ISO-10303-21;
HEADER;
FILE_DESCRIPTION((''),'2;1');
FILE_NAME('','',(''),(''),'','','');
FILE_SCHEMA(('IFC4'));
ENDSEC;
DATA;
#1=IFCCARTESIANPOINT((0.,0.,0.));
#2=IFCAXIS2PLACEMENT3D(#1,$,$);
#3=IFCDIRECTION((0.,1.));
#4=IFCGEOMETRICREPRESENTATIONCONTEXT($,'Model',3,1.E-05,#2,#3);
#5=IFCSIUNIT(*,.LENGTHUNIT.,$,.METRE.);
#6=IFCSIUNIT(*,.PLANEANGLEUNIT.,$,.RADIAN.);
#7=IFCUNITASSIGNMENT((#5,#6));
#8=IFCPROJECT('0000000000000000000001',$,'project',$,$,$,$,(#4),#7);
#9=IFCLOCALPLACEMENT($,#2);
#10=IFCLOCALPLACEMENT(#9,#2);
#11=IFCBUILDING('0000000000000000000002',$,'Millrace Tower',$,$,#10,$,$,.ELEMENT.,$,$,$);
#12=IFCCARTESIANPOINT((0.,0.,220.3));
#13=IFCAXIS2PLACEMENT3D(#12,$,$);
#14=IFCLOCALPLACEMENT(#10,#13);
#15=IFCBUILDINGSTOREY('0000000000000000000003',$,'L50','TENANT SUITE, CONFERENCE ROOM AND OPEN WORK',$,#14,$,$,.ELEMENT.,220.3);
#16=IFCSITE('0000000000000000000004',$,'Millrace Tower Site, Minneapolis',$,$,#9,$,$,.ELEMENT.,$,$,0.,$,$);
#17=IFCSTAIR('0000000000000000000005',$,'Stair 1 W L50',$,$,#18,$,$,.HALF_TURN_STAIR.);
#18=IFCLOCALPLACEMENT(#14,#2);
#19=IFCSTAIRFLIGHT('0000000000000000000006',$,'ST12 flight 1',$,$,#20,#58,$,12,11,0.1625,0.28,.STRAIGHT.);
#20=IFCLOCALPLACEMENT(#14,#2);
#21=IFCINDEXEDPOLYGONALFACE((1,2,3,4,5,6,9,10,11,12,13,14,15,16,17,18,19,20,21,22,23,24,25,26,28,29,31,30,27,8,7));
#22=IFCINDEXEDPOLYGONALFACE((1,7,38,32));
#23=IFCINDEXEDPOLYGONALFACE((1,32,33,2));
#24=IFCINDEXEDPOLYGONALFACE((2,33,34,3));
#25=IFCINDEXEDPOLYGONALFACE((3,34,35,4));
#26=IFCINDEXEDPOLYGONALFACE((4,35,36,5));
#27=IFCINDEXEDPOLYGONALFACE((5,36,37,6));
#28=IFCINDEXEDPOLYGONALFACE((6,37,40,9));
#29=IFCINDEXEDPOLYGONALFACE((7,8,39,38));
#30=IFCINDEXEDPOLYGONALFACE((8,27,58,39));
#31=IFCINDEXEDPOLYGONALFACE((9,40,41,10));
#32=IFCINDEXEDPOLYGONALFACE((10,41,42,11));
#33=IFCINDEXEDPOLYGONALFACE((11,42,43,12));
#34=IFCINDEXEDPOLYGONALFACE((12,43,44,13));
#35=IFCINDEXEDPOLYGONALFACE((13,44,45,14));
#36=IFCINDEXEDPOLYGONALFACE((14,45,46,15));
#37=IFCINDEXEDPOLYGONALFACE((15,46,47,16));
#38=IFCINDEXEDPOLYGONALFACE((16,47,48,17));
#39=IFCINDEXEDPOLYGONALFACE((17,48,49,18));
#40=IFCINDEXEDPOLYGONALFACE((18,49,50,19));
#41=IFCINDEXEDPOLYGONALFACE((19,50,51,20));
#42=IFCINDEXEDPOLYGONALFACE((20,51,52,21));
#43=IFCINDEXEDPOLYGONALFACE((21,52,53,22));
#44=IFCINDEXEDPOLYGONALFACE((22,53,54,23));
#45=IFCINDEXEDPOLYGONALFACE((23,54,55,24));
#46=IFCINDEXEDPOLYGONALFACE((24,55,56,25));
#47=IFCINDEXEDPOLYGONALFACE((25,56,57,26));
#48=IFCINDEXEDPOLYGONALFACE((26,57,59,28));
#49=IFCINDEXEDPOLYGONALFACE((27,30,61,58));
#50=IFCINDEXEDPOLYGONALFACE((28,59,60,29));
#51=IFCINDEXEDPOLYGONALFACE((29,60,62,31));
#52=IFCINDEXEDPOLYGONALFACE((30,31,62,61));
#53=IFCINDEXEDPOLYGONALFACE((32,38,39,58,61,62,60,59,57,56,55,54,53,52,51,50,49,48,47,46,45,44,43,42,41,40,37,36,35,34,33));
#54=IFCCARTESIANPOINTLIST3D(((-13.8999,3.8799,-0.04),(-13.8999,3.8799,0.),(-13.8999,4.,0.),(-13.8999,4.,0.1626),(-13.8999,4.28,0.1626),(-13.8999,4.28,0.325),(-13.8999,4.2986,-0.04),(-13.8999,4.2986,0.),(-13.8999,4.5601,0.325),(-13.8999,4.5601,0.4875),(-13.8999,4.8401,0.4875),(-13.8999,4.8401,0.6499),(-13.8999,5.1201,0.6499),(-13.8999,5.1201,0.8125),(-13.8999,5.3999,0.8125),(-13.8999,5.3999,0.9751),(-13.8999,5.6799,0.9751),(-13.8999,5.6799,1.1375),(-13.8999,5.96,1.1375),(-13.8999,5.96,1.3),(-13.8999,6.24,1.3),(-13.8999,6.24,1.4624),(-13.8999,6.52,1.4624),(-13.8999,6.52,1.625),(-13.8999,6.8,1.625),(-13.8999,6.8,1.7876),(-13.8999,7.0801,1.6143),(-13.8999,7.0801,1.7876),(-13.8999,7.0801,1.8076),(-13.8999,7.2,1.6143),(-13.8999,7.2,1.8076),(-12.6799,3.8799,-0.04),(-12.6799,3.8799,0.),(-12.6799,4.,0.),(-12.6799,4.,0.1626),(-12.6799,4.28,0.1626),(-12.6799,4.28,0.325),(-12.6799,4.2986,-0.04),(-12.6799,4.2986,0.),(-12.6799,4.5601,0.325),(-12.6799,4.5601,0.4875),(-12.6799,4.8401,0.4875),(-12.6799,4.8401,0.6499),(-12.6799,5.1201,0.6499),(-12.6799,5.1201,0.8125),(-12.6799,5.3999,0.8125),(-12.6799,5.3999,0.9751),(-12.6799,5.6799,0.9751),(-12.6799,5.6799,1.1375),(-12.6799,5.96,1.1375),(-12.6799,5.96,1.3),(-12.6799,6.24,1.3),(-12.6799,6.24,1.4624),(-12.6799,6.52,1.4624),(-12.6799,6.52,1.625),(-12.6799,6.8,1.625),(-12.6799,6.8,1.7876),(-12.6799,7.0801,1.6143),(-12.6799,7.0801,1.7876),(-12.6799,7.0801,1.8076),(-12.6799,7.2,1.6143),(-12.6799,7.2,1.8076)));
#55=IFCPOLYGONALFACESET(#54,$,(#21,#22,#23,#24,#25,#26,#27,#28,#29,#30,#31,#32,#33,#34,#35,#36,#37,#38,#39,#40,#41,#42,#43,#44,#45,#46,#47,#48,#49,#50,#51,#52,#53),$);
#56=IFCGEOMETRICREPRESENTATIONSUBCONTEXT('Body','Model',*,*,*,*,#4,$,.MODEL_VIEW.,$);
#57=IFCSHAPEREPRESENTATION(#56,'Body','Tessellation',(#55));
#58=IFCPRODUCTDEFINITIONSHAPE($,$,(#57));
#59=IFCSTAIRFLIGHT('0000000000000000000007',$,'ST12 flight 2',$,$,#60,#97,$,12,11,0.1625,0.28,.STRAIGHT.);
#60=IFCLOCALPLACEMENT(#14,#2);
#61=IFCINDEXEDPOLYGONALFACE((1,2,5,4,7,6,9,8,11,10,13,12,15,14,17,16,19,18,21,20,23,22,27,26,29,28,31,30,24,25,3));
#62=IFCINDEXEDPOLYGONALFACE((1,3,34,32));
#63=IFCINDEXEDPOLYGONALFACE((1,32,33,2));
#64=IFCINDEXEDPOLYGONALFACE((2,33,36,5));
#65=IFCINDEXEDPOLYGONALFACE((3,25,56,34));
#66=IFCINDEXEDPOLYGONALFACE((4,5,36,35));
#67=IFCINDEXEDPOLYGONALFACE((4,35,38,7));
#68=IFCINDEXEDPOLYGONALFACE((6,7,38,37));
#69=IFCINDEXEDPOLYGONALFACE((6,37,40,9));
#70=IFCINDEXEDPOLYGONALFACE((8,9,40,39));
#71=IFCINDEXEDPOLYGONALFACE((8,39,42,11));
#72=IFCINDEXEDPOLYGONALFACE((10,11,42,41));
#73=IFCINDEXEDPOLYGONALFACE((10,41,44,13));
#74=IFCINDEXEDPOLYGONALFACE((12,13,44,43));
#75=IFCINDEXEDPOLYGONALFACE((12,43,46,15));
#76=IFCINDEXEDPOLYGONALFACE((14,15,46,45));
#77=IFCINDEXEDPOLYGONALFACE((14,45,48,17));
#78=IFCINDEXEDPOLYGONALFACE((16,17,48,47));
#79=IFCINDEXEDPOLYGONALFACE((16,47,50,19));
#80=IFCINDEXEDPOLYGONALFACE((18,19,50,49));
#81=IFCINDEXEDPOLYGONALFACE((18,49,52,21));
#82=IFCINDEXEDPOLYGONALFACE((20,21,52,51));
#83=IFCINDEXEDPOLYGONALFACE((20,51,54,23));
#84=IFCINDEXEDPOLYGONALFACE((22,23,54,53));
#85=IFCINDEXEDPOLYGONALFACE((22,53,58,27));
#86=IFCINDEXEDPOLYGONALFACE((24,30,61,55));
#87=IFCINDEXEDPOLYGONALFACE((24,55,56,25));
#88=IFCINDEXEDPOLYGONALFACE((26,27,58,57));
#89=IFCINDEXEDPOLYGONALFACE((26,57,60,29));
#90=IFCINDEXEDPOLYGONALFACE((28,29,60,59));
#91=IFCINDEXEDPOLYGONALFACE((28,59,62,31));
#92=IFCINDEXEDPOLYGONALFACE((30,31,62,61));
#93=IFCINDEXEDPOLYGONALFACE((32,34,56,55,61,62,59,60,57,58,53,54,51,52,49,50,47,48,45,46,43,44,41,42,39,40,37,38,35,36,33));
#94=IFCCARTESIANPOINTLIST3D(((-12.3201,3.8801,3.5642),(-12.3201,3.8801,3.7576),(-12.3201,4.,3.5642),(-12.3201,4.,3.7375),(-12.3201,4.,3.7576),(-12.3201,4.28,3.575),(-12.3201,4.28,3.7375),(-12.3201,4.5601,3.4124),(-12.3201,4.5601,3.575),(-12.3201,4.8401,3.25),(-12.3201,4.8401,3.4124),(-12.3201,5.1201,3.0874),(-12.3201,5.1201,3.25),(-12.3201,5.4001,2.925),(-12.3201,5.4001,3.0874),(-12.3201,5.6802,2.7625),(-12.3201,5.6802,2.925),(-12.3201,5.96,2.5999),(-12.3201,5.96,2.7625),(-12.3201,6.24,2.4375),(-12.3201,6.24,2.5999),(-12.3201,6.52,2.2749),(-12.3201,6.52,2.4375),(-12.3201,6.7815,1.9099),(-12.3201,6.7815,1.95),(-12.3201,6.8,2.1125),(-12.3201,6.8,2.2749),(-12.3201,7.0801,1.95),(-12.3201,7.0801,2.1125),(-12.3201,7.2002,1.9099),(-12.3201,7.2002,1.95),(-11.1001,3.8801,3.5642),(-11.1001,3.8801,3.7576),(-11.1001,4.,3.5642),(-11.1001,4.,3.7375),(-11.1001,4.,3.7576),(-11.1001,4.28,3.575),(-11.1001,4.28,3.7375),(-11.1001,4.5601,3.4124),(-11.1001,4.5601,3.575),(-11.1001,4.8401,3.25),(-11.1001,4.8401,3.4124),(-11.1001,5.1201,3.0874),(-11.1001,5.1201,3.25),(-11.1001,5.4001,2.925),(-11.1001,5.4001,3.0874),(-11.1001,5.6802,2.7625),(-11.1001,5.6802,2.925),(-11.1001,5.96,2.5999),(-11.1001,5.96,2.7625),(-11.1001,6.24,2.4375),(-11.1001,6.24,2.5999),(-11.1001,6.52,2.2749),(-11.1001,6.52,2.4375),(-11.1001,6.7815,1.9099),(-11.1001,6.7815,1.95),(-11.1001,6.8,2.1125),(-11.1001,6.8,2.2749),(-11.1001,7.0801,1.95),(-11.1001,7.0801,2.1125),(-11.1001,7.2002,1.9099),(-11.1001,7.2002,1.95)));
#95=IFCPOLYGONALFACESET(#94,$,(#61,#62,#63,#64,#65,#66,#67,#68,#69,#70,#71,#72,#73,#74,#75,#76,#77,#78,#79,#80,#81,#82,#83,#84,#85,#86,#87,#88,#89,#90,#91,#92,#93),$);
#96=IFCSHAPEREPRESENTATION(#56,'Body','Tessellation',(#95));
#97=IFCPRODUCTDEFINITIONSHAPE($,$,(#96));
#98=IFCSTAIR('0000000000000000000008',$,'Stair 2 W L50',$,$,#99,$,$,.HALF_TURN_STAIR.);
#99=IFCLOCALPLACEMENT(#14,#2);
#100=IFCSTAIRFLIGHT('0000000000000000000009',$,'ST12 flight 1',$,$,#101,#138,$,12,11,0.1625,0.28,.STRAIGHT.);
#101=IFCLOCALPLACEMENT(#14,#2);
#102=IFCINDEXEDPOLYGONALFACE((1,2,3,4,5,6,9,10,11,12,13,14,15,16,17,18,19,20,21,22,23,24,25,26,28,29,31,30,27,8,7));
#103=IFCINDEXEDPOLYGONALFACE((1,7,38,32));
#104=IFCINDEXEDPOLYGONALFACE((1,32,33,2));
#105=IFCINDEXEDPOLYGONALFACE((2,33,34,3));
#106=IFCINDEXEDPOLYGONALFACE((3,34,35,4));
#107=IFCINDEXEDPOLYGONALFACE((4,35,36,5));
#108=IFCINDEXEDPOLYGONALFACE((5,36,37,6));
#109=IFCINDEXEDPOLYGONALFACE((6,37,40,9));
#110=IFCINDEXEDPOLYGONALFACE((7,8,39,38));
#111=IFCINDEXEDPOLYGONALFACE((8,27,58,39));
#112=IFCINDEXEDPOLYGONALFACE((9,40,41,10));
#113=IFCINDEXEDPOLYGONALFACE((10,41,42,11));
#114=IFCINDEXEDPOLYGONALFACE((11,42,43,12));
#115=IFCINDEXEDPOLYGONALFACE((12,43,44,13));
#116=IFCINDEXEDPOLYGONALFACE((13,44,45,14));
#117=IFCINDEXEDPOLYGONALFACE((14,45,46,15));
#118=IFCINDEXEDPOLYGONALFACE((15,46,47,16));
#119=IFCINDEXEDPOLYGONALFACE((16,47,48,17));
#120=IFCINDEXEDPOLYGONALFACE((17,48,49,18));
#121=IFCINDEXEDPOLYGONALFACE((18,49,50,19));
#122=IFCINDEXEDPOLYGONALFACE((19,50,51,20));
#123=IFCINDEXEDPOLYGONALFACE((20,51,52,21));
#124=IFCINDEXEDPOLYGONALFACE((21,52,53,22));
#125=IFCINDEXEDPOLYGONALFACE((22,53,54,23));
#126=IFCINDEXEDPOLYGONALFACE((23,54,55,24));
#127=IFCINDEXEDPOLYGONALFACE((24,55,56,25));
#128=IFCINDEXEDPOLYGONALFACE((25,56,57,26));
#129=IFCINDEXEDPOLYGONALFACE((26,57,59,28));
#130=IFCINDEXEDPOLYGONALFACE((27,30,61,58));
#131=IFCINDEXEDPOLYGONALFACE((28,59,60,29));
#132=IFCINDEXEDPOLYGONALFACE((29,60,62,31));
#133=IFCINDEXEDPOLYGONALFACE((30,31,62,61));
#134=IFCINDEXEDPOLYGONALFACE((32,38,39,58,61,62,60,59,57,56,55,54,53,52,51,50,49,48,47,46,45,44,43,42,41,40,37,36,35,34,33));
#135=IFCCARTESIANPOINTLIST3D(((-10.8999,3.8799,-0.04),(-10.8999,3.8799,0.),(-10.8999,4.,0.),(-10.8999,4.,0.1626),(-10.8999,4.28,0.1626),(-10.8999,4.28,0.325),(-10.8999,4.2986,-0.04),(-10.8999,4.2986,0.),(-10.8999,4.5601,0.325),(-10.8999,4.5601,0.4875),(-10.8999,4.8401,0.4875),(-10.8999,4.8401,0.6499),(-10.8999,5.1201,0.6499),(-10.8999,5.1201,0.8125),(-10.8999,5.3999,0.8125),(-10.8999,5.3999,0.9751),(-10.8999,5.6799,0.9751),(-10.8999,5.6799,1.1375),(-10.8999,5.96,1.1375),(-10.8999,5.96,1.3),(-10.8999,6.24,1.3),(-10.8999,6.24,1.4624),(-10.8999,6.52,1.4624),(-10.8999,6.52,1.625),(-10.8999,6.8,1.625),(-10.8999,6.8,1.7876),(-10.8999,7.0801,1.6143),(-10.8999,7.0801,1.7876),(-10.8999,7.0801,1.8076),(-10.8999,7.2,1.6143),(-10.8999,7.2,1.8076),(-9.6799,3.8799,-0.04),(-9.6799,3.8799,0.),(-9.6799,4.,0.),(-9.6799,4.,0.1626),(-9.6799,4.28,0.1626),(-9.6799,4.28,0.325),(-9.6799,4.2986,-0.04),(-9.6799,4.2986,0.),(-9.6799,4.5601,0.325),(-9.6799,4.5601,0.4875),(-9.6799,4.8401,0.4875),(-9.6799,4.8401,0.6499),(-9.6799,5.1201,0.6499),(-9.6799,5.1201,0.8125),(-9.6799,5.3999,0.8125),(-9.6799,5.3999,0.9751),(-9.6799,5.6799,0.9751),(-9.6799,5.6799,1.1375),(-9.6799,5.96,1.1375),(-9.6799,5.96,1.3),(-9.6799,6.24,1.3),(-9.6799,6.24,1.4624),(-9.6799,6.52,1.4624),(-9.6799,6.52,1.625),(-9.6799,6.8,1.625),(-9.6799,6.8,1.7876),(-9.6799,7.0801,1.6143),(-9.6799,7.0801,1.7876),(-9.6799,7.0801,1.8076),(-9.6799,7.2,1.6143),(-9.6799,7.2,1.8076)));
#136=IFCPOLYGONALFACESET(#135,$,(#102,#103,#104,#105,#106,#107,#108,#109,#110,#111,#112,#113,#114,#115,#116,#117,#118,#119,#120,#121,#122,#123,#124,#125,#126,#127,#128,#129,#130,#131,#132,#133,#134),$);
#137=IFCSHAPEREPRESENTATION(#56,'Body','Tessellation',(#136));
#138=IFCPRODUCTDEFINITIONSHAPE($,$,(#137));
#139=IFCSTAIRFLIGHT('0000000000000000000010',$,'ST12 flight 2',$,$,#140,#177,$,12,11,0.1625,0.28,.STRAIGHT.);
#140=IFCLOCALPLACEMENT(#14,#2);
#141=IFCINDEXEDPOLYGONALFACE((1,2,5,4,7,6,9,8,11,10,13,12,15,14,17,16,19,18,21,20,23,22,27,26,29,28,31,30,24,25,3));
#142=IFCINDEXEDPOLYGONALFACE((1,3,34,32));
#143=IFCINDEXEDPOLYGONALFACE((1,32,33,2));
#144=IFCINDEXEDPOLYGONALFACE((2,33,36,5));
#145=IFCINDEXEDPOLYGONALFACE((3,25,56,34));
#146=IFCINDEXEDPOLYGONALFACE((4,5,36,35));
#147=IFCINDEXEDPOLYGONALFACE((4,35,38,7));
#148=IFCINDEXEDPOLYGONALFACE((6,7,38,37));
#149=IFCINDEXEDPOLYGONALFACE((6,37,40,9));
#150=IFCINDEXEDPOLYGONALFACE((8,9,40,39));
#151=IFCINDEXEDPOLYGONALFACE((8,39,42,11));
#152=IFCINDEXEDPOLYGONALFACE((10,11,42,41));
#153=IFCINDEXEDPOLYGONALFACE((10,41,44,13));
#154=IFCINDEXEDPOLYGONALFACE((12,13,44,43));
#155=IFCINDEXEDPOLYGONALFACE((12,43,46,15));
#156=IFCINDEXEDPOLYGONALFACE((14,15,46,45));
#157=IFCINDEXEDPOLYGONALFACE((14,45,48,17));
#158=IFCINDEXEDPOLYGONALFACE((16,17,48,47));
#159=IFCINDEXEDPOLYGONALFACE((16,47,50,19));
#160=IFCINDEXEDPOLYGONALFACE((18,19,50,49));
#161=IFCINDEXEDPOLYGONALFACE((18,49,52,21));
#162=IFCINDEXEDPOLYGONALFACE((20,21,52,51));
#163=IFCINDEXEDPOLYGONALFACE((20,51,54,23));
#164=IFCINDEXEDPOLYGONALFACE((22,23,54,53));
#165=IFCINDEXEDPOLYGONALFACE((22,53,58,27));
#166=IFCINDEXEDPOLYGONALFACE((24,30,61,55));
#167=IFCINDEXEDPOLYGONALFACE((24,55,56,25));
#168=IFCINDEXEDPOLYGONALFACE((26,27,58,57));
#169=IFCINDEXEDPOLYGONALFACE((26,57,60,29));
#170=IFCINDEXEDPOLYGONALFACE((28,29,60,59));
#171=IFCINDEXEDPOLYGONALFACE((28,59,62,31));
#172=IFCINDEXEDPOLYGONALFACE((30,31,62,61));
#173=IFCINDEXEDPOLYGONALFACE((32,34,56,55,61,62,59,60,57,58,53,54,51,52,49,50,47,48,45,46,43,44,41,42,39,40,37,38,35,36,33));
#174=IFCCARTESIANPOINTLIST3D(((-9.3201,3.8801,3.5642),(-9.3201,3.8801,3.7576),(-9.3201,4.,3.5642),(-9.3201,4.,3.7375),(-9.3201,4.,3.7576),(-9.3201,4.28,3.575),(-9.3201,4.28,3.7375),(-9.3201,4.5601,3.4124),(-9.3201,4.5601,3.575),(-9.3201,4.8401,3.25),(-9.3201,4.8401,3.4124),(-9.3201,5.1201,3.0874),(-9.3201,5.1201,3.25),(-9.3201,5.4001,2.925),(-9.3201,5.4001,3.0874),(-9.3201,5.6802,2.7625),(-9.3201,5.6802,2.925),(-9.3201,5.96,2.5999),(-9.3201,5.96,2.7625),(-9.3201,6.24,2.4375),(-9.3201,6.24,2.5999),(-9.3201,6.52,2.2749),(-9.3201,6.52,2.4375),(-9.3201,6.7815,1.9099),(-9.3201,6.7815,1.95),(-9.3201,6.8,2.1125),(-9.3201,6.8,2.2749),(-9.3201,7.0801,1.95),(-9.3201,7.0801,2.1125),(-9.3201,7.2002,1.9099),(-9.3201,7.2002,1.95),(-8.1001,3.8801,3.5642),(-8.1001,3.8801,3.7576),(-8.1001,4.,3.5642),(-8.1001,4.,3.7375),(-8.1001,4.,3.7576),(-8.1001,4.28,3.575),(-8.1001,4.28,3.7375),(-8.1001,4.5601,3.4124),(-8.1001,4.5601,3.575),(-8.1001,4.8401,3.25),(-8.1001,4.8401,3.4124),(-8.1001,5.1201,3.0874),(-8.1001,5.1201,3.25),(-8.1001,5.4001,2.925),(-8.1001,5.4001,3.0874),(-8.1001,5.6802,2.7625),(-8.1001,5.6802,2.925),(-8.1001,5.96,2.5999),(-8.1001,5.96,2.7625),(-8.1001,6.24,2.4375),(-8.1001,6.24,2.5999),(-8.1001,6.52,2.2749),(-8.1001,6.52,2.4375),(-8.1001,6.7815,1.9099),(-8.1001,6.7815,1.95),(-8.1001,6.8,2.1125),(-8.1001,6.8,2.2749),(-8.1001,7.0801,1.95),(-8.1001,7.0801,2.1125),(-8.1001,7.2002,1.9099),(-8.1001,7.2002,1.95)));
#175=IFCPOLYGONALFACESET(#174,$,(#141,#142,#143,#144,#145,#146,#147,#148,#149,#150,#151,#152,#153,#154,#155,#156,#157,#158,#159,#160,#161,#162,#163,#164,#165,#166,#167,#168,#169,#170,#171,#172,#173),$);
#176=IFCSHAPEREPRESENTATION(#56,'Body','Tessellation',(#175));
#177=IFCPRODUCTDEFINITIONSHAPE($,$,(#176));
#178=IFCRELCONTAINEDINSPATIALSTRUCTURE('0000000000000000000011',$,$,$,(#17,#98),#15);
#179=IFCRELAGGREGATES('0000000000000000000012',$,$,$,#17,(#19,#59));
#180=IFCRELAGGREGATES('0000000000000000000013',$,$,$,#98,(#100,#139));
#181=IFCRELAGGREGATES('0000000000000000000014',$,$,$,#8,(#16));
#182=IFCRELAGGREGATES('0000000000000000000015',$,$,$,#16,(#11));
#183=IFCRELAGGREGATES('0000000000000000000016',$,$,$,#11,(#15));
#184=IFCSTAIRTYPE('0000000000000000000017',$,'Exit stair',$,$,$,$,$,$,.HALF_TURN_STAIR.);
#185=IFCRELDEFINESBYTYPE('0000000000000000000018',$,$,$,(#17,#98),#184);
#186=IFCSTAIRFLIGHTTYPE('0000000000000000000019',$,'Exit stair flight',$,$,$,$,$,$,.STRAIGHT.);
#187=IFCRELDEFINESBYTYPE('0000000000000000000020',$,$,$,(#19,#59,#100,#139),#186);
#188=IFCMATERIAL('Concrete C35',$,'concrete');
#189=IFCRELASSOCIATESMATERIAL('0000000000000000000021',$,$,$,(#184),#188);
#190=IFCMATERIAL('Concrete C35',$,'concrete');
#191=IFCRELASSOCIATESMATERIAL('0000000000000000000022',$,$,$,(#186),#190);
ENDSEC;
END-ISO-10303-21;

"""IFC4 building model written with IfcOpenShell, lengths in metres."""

from ifc_helpers import new_model, si_unit, direction, frame, origin, place, context, subcontext, project, spatial, polyline, outline, extrude, material, type_object, element, aggregate, save


model = new_model("IFC4")

# Units and contexts
model_context = context("Model", 3, precision=1e-05, world=origin(), true_north=direction((0.0, 1.0)))
body_context = subcontext(model_context, "Body", "Model", "MODEL_VIEW")
ifc_project = project(units=[si_unit("LENGTHUNIT", "METRE"), si_unit("PLANEANGLEUNIT", "RADIAN")], contexts=[model_context])

# Site, building, storey
site_placement = place(None, origin())
site = spatial("IfcSite", under=ifc_project, at=site_placement, Name="Millrace Tower Site, Minneapolis", CompositionType="ELEMENT", RefElevation=0.0)
building_placement = place(site_placement, origin())
building = spatial("IfcBuilding", under=site, at=building_placement, Name="Millrace Tower", CompositionType="ELEMENT")
storey_placement = place(building_placement, frame((0.0, 0.0, 220.3)))
storey = spatial("IfcBuildingStorey", under=building, at=storey_placement, Name="L50", Description="TENANT SUITE, CONFERENCE ROOM AND OPEN WORK", CompositionType="ELEMENT", Elevation=220.3)

# Stairs, stair flights
ifc_material_1 = material(Name="Concrete C35", Category="concrete")
stair_type = type_object("IfcStairType", Name="Exit stair", PredefinedType="HALF_TURN_STAIR", material=ifc_material_1)
placement = place(storey_placement, origin())
stair_1 = element("IfcStair", 1, at=placement, inside=storey, type_object=stair_type, Name="Stair 1 W L50", PredefinedType="HALF_TURN_STAIR")
ifc_material_2 = material(Name="Concrete C35", Category="concrete")
stair_flight_type = type_object("IfcStairFlightType", Name="Exit stair flight", PredefinedType="STRAIGHT", material=ifc_material_2)
stair_flight_1_placement = place(storey_placement, frame((-13.29, 4.0, 0.0), z_axis=(0.0, 0.0, 1.0), x_axis=(0.0, 1.0, 0.0)))
stair_flight_1 = element("IfcStairFlight", 2, at=stair_flight_1_placement, type_object=stair_flight_type, Name="ST12 flight 1", NumberOfRisers=12, NumberOfTreads=11, PredefinedType="STRAIGHT", RiserHeight=0.1625, TreadLength=0.28, context=body_context, shape_type="SweptSolid", body=[
    extrude(outline(polyline([(-0.1201, -0.04), (-0.1201, 0.0), (0.0, 0.0), (0.0, 0.1626), (0.28, 0.1626), (0.28, 0.325), (0.5601, 0.325), (0.5601, 0.4875), (0.8401, 0.4875), (0.8401, 0.6499), (1.1201, 0.6499), (1.1201, 0.8125), (1.3999, 0.8125), (1.3999, 0.9751), (1.6799, 0.9751), (1.6799, 1.1375), (1.96, 1.1375), (1.96, 1.3), (2.24, 1.3), (2.24, 1.4624), (2.52, 1.4624), (2.52, 1.625), (2.8, 1.625), (2.8, 1.7876), (3.0801, 1.7876), (3.0801, 1.8076), (3.2, 1.8076), (3.2, 1.6143), (3.0801, 1.6143), (0.2986, 0.0), (0.2986, -0.04), (-0.1201, -0.04)])), frame((0.0, 0.6099, 0.0), z_axis=(0.0, -1.0, 0.0), x_axis=(1.0, 0.0, 0.0)), (0.0, 0.0, 1.0), 1.22),
])
stair_flight_2_placement = place(storey_placement, frame((-11.71, 7.0801, 1.95), z_axis=(0.0, 0.0, 1.0), x_axis=(0.0, -1.0, 0.0)))
stair_flight_2 = element("IfcStairFlight", 3, at=stair_flight_2_placement, type_object=stair_flight_type, Name="ST12 flight 2", NumberOfRisers=12, NumberOfTreads=11, PredefinedType="STRAIGHT", RiserHeight=0.1625, TreadLength=0.28, context=body_context, shape_type="SweptSolid", body=[
    extrude(outline(polyline([(-0.1201, -0.04), (-0.1201, 0.0), (0.0, 0.0), (0.0, 0.1626), (0.28, 0.1626), (0.28, 0.325), (0.5601, 0.325), (0.5601, 0.4875), (0.8401, 0.4875), (0.8401, 0.6499), (1.1201, 0.6499), (1.1201, 0.8125), (1.3999, 0.8125), (1.3999, 0.9751), (1.6799, 0.9751), (1.6799, 1.1375), (1.96, 1.1375), (1.96, 1.3), (2.24, 1.3), (2.24, 1.4624), (2.52, 1.4624), (2.52, 1.625), (2.8, 1.625), (2.8, 1.7876), (3.0801, 1.7876), (3.0801, 1.8076), (3.2, 1.8076), (3.2, 1.6143), (3.0801, 1.6143), (0.2986, 0.0), (0.2986, -0.04), (-0.1201, -0.04)])), frame((0.0, 0.6099, 0.0), z_axis=(0.0, -1.0, 0.0), x_axis=(1.0, 0.0, 0.0)), (0.0, 0.0, 1.0), 1.22),
])
aggregate(stair_1, [stair_flight_1, stair_flight_2])
stair_2 = element("IfcStair", 4, at=placement, inside=storey, type_object=stair_type, Name="Stair 2 W L50", PredefinedType="HALF_TURN_STAIR")
stair_flight_3_placement = place(storey_placement, frame((-10.29, 4.0, 0.0), z_axis=(0.0, 0.0, 1.0), x_axis=(0.0, 1.0, 0.0)))
stair_flight_3 = element("IfcStairFlight", 5, at=stair_flight_3_placement, type_object=stair_flight_type, Name="ST12 flight 1", NumberOfRisers=12, NumberOfTreads=11, PredefinedType="STRAIGHT", RiserHeight=0.1625, TreadLength=0.28, context=body_context, shape_type="SweptSolid", body=[
    extrude(outline(polyline([(-0.1201, -0.04), (-0.1201, 0.0), (0.0, 0.0), (0.0, 0.1626), (0.28, 0.1626), (0.28, 0.325), (0.5601, 0.325), (0.5601, 0.4875), (0.8401, 0.4875), (0.8401, 0.6499), (1.1201, 0.6499), (1.1201, 0.8125), (1.3999, 0.8125), (1.3999, 0.9751), (1.6799, 0.9751), (1.6799, 1.1375), (1.96, 1.1375), (1.96, 1.3), (2.24, 1.3), (2.24, 1.4624), (2.52, 1.4624), (2.52, 1.625), (2.8, 1.625), (2.8, 1.7876), (3.0801, 1.7876), (3.0801, 1.8076), (3.2, 1.8076), (3.2, 1.6143), (3.0801, 1.6143), (0.2986, 0.0), (0.2986, -0.04), (-0.1201, -0.04)])), frame((0.0, 0.6099, 0.0), z_axis=(0.0, -1.0, 0.0), x_axis=(1.0, 0.0, 0.0)), (0.0, 0.0, 1.0), 1.22),
])
stair_flight_4_placement = place(storey_placement, frame((-8.71, 7.0801, 1.95), z_axis=(0.0, 0.0, 1.0), x_axis=(0.0, -1.0, 0.0)))
stair_flight_4 = element("IfcStairFlight", 6, at=stair_flight_4_placement, type_object=stair_flight_type, Name="ST12 flight 2", NumberOfRisers=12, NumberOfTreads=11, PredefinedType="STRAIGHT", RiserHeight=0.1625, TreadLength=0.28, context=body_context, shape_type="SweptSolid", body=[
    extrude(outline(polyline([(-0.1201, -0.04), (-0.1201, 0.0), (0.0, 0.0), (0.0, 0.1626), (0.28, 0.1626), (0.28, 0.325), (0.5601, 0.325), (0.5601, 0.4875), (0.8401, 0.4875), (0.8401, 0.6499), (1.1201, 0.6499), (1.1201, 0.8125), (1.3999, 0.8125), (1.3999, 0.9751), (1.6799, 0.9751), (1.6799, 1.1375), (1.96, 1.1375), (1.96, 1.3), (2.24, 1.3), (2.24, 1.4624), (2.52, 1.4624), (2.52, 1.625), (2.8, 1.625), (2.8, 1.7876), (3.0801, 1.7876), (3.0801, 1.8076), (3.2, 1.8076), (3.2, 1.6143), (3.0801, 1.6143), (0.2986, 0.0), (0.2986, -0.04), (-0.1201, -0.04)])), frame((0.0, 0.6099, 0.0), z_axis=(0.0, -1.0, 0.0), x_axis=(1.0, 0.0, 0.0)), (0.0, 0.0, 1.0), 1.22),
])
aggregate(stair_2, [stair_flight_3, stair_flight_4])

save(model, "model.ifc")
